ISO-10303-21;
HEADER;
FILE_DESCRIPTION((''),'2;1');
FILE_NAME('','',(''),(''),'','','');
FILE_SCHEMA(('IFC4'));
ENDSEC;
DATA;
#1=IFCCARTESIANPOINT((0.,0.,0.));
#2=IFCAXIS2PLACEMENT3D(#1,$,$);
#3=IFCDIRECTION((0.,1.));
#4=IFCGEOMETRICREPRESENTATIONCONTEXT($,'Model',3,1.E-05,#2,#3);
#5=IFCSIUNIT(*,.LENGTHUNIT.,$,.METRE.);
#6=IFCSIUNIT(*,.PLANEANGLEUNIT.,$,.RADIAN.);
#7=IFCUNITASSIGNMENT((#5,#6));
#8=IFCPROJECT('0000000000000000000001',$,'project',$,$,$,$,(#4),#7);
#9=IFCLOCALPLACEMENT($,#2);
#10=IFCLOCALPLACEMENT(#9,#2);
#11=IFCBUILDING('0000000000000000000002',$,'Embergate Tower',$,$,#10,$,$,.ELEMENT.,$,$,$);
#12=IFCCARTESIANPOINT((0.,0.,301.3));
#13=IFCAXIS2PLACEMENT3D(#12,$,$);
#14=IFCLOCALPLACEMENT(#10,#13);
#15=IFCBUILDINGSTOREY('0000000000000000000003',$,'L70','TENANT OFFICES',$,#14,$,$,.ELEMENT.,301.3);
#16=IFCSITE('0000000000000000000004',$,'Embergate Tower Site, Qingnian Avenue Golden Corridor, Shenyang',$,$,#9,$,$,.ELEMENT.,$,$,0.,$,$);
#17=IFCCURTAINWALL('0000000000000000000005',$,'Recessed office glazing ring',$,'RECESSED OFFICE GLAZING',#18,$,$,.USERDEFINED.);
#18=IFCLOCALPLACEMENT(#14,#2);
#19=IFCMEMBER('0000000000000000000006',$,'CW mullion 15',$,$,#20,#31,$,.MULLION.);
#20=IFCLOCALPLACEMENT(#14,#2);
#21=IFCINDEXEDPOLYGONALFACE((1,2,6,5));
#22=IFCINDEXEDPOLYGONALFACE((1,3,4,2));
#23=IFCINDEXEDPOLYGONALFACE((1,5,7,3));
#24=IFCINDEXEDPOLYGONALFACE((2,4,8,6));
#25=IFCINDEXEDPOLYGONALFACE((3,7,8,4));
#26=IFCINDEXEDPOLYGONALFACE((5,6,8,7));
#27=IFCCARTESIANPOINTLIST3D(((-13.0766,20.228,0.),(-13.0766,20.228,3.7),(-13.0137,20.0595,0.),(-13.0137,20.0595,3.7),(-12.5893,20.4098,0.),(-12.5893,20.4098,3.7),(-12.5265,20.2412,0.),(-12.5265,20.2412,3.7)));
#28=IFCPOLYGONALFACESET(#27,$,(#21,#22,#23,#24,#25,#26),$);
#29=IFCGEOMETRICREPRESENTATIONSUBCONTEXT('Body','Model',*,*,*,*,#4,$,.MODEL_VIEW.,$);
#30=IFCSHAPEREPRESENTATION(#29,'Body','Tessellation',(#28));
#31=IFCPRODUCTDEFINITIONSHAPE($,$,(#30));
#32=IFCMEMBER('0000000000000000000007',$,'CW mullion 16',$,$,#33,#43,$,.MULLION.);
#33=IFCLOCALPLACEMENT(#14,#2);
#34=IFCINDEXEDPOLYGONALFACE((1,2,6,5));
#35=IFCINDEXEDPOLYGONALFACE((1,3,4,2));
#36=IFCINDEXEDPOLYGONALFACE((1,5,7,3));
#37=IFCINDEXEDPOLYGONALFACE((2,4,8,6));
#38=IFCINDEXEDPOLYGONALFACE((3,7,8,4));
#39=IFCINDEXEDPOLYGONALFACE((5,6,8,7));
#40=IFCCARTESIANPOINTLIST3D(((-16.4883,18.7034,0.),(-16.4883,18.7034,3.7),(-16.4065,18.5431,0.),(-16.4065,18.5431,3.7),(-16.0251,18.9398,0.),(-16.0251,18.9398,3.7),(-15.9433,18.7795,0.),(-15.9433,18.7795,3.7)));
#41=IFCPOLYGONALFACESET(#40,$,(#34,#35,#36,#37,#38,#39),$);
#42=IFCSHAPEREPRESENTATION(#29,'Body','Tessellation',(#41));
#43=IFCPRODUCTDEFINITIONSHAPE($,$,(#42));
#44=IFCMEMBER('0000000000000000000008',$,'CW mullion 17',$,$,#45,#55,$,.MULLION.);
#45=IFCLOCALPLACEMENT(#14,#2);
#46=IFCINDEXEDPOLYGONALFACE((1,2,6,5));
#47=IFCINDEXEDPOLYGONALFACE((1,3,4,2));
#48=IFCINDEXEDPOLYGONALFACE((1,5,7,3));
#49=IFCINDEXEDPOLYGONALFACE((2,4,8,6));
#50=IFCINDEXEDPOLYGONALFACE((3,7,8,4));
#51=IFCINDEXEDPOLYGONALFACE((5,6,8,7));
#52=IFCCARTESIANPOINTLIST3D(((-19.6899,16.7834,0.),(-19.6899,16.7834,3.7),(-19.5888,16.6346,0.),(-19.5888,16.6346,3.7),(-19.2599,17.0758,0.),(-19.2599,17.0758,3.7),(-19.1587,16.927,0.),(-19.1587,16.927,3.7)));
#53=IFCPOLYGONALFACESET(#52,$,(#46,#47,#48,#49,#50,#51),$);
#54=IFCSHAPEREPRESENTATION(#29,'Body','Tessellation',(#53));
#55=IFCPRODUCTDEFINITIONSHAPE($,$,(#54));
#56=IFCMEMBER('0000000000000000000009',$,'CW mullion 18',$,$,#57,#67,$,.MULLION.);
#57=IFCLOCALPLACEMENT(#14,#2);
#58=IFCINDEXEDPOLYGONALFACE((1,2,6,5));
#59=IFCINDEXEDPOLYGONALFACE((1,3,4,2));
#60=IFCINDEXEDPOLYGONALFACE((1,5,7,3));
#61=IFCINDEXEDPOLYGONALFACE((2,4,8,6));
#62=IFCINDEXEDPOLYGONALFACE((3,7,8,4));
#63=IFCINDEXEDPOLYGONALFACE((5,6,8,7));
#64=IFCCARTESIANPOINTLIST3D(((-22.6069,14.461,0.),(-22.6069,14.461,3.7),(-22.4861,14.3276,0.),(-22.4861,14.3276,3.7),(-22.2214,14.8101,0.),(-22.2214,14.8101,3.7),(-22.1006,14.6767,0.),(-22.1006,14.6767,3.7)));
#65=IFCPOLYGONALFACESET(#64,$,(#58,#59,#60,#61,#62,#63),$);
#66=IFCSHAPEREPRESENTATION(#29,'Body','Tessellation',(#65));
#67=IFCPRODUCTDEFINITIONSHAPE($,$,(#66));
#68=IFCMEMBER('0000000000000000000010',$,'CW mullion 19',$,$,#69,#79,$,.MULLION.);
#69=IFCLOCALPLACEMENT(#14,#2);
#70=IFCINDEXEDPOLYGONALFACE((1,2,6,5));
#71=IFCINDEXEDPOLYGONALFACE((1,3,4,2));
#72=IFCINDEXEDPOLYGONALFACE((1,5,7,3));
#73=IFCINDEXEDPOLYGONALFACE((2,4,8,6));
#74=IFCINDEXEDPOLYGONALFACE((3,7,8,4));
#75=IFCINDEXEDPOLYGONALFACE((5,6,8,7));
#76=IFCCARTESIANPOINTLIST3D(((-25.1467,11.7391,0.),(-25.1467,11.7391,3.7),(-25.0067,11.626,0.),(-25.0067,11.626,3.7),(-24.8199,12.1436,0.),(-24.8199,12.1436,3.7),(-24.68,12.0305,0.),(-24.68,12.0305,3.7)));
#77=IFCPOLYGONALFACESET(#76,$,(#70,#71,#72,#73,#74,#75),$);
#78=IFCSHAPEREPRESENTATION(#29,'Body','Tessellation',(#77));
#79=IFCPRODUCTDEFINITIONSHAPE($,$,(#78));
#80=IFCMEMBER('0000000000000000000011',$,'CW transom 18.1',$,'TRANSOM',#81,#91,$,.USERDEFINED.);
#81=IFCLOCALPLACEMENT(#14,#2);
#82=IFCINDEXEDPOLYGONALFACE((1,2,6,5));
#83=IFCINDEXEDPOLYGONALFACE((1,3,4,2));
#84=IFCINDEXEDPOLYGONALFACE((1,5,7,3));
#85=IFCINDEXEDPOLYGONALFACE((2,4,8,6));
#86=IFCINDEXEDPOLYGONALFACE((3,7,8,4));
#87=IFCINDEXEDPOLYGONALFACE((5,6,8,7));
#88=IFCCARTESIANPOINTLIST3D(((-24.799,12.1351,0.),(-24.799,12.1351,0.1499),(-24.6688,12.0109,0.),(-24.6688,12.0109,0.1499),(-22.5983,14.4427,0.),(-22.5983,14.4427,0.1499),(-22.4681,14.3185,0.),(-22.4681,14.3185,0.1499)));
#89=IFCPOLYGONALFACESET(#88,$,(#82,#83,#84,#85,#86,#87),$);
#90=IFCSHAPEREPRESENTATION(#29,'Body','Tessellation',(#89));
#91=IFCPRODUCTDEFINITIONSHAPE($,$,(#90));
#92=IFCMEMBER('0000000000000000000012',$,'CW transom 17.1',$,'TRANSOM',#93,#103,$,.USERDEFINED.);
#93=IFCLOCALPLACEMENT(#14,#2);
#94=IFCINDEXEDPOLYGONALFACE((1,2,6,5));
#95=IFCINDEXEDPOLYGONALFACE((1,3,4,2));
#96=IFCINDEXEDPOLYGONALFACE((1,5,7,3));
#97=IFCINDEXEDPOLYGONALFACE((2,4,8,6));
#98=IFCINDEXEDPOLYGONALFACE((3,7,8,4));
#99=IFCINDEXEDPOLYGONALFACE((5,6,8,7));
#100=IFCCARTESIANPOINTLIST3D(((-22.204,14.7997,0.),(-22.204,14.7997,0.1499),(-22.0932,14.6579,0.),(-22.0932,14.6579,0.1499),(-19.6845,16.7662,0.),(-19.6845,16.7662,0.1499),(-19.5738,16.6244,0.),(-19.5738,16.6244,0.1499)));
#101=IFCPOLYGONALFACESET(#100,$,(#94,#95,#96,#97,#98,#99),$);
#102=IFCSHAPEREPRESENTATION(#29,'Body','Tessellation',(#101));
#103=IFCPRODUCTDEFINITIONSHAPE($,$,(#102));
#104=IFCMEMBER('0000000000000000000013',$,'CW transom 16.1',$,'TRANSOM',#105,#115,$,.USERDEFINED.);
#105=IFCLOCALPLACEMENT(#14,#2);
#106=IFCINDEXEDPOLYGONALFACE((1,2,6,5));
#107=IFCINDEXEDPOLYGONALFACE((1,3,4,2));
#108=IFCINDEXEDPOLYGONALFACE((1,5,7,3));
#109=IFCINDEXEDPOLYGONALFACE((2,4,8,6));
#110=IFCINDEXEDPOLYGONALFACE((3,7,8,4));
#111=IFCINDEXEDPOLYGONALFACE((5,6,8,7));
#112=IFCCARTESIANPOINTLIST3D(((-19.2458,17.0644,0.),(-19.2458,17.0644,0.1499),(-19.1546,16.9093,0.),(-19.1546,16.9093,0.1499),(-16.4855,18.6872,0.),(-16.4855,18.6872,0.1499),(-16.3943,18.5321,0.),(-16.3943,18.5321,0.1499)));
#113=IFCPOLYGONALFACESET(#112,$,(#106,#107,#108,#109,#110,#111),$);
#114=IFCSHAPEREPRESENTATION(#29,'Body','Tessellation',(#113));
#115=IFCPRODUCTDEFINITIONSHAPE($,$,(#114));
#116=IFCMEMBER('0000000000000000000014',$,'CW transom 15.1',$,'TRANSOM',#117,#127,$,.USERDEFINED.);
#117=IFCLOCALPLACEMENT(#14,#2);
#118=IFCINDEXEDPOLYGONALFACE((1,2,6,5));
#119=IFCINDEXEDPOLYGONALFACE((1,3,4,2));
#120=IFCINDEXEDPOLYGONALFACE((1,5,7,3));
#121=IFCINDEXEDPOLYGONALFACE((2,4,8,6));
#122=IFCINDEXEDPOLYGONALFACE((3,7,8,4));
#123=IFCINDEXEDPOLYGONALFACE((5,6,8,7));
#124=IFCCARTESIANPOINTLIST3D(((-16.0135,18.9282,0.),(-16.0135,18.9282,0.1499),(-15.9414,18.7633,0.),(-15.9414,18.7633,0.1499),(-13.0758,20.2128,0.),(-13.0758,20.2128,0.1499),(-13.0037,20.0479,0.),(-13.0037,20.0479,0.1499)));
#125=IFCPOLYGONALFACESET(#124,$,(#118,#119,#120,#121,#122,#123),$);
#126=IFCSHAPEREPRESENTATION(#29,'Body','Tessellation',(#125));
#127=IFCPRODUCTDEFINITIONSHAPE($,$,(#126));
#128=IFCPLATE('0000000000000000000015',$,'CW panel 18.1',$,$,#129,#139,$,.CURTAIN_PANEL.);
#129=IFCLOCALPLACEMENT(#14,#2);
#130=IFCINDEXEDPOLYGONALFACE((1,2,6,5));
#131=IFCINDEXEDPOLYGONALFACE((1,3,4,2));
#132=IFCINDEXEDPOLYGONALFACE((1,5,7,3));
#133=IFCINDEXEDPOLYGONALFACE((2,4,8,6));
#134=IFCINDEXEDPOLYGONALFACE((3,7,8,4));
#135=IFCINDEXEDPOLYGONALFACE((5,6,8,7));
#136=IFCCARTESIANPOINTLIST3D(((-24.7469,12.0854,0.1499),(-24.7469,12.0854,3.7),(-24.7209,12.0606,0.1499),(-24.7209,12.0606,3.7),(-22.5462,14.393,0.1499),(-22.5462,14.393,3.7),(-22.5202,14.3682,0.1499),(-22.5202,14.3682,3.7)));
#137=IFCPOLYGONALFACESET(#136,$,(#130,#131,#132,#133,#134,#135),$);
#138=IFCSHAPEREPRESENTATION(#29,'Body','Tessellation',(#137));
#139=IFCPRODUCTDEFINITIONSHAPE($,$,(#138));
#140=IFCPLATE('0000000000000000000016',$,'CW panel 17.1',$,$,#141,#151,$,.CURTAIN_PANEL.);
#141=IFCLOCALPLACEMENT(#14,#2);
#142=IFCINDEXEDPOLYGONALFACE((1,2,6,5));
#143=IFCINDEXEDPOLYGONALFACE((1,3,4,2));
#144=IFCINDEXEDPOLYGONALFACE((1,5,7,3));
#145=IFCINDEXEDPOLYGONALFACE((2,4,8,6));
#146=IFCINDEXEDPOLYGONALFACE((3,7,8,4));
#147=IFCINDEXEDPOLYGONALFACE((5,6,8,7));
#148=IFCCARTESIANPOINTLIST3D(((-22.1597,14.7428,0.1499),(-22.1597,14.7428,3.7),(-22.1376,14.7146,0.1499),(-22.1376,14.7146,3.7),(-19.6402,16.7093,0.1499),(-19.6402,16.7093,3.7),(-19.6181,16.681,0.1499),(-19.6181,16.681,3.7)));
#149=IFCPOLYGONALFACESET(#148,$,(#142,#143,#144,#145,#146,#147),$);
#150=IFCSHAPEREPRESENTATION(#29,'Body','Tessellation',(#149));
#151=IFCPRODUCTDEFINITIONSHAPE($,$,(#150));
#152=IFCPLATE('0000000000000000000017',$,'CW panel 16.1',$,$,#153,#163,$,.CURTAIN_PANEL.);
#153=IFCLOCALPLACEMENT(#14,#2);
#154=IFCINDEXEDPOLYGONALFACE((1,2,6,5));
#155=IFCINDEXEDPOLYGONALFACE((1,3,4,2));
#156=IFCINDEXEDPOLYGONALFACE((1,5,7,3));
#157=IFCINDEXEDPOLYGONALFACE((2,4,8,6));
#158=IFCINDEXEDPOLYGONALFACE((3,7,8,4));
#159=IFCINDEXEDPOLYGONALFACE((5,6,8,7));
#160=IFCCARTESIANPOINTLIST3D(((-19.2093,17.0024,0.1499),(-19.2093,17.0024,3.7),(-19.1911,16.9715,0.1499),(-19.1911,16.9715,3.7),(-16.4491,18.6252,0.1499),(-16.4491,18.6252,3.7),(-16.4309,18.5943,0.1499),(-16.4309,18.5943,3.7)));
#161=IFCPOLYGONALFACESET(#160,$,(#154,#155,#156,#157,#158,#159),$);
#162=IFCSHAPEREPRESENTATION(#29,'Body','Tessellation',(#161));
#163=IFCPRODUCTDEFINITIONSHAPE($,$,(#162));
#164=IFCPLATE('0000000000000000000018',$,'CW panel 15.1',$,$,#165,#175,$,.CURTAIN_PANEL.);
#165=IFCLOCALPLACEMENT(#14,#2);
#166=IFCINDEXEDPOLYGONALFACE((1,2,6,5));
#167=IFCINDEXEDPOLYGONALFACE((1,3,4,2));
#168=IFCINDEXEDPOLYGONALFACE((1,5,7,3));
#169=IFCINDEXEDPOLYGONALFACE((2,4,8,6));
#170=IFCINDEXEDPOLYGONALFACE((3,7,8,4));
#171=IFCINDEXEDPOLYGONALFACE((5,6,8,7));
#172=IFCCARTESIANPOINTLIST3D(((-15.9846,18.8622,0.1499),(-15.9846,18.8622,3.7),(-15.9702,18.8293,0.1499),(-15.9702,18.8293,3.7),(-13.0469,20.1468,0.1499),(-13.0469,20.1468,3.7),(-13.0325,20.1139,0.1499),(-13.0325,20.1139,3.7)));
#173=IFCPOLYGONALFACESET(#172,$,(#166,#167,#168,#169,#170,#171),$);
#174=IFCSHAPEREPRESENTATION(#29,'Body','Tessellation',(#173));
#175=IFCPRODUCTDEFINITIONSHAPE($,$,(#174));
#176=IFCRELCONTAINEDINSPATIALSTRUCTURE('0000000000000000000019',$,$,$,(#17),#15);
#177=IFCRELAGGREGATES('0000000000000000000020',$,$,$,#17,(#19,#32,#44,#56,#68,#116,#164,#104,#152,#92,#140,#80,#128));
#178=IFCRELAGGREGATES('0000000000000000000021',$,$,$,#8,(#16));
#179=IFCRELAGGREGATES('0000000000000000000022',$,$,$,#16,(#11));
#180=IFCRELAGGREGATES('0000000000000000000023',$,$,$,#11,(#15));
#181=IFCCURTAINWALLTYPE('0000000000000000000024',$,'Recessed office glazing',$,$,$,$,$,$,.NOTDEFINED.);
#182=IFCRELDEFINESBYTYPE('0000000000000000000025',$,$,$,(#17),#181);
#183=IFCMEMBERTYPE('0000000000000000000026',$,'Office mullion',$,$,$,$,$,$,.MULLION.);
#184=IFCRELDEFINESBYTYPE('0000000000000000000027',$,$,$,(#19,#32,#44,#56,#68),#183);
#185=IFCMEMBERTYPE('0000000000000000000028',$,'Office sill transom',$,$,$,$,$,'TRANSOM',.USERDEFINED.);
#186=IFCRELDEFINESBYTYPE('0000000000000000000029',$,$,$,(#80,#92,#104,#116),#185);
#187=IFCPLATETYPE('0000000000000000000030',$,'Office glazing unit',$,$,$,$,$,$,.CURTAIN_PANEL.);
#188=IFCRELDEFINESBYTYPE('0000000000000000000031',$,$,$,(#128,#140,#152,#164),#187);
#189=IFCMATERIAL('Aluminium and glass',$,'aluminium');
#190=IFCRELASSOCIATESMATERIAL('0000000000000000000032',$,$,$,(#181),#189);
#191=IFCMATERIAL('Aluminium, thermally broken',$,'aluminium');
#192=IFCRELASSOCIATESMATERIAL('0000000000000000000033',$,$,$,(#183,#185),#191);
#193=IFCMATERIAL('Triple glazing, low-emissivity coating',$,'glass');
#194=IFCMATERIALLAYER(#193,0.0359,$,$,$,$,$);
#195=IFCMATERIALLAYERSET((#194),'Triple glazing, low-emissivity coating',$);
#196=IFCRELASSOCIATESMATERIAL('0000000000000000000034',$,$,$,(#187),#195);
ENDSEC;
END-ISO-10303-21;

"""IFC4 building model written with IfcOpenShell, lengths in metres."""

from ifc_helpers import new_model, si_unit, direction, frame, origin, origin_2d, place, context, subcontext, project, spatial, rectangle, extrude, source, transform, mapped, material, layer, layer_set, material_profile, profile_set, type_object, element, aggregate, save


model = new_model("IFC4")

# Units and contexts
model_context = context("Model", 3, precision=1e-05, world=origin(), true_north=direction((0.0, 1.0)))
body_context = subcontext(model_context, "Body", "Model", "MODEL_VIEW")
ifc_project = project(units=[si_unit("LENGTHUNIT", "METRE"), si_unit("PLANEANGLEUNIT", "RADIAN")], contexts=[model_context])

# Site, building, storey
site_placement = place(None, origin())
site = spatial("IfcSite", under=ifc_project, at=site_placement, Name="Embergate Tower Site, Qingnian Avenue Golden Corridor, Shenyang", CompositionType="ELEMENT", RefElevation=0.0)
building_placement = place(site_placement, origin())
building = spatial("IfcBuilding", under=site, at=building_placement, Name="Embergate Tower", CompositionType="ELEMENT")
storey_placement = place(building_placement, frame((0.0, 0.0, 301.3)))
storey = spatial("IfcBuildingStorey", under=building, at=storey_placement, Name="L70", Description="TENANT OFFICES", CompositionType="ELEMENT", Elevation=301.3)

# Curtain wall, members, plates
ifc_material_1 = material(Name="Aluminium and glass", Category="aluminium")
curtain_wall_type = type_object("IfcCurtainWallType", Name="Recessed office glazing", PredefinedType="NOTDEFINED", material=ifc_material_1)
curtain_wall_placement = place(storey_placement, origin())
curtain_wall = element("IfcCurtainWall", 1, at=curtain_wall_placement, inside=storey, type_object=curtain_wall_type, Name="Recessed office glazing ring", ObjectType="RECESSED OFFICE GLAZING", PredefinedType="USERDEFINED")
ifc_material_2 = material(Name="Aluminium, thermally broken", Category="aluminium")
ifc_material_profile_1 = material_profile(ifc_material_2, rectangle(XDim=0.1799, YDim=0.52, at=origin_2d()), Name="AL 520x180")
ifc_profile_set_1 = profile_set([ifc_material_profile_1], Name="Aluminium, thermally broken")
member_type_1 = type_object("IfcMemberType", Name="Office mullion", PredefinedType="MULLION", material=ifc_profile_set_1)
shared_shape_1 = source(origin(), body_context, "Body", "SweptSolid", [
    extrude(rectangle(XDim=0.1799, YDim=0.52, at=origin_2d()), origin(), (0.0, 0.0, 1.0), 3.7),
])
member_1_placement = place(storey_placement, frame((-12.8015, 20.2346, 0.0), z_axis=(0.0, 0.0, 1.0), x_axis=(0.349501, -0.936936, 0.0)))
member_1 = element("IfcMember", 2, at=member_1_placement, type_object=member_type_1, Name="CW mullion 15", PredefinedType="MULLION", context=body_context, shape_type="MappedRepresentation", body=[
    mapped(shared_shape_1, transform((0.0, 0.0, 0.0))),
])
member_2_placement = place(storey_placement, frame((-16.2158, 18.7415, 0.0), z_axis=(0.0, 0.0, 1.0), x_axis=(0.454508, -0.890743, 0.0)))
member_2 = element("IfcMember", 3, at=member_2_placement, type_object=member_type_1, Name="CW mullion 16", PredefinedType="MULLION", context=body_context, shape_type="MappedRepresentation", body=[
    mapped(shared_shape_1, transform((0.0, 0.0, 0.0))),
])
member_3_placement = place(storey_placement, frame((-19.4243, 16.8552, 0.0), z_axis=(0.0, 0.0, 1.0), x_axis=(0.562213, -0.826992, 0.0)))
member_3 = element("IfcMember", 4, at=member_3_placement, type_object=member_type_1, Name="CW mullion 17", PredefinedType="MULLION", context=body_context, shape_type="MappedRepresentation", body=[
    mapped(shared_shape_1, transform((0.0, 0.0, 0.0))),
])
member_4_placement = place(storey_placement, frame((-22.3538, 14.5688, 0.0), z_axis=(0.0, 0.0, 1.0), x_axis=(0.67122, -0.741258, 0.0)))
member_4 = element("IfcMember", 5, at=member_4_placement, type_object=member_type_1, Name="CW mullion 18", PredefinedType="MULLION", context=body_context, shape_type="MappedRepresentation", body=[
    mapped(shared_shape_1, transform((0.0, 0.0, 0.0))),
])
member_5_placement = place(storey_placement, frame((-24.9133, 11.8848, 0.0), z_axis=(0.0, 0.0, 1.0), x_axis=(0.777864, -0.628433, 0.0)))
member_5 = element("IfcMember", 6, at=member_5_placement, type_object=member_type_1, Name="CW mullion 19", PredefinedType="MULLION", context=body_context, shape_type="MappedRepresentation", body=[
    mapped(shared_shape_1, transform((0.0, 0.0, 0.0))),
])
ifc_material_profile_2 = material_profile(ifc_material_2, rectangle(XDim=0.1799, YDim=0.1499, at=origin_2d()), Name="AL 150x180")
ifc_profile_set_2 = profile_set([ifc_material_profile_2], Name="Aluminium, thermally broken")
member_type_2 = type_object("IfcMemberType", Name="Office sill transom", ElementType="TRANSOM", PredefinedType="USERDEFINED", material=ifc_profile_set_2)
shared_shape_2 = source(origin(), body_context, "Body", "SweptSolid", [
    extrude(rectangle(XDim=0.1799, YDim=0.1499, at=origin_2d()), origin(), (0.0, 0.0, 1.0), 3.1887),
])
member_6_placement = place(storey_placement, frame((-22.5332, 14.3806, 0.075), z_axis=(-0.690141, -0.723675, 0.0), x_axis=(0.723675, -0.690141, 0.0)))
member_6 = element("IfcMember", 7, at=member_6_placement, type_object=member_type_2, Name="CW transom 18.1", ObjectType="TRANSOM", PredefinedType="USERDEFINED", context=body_context, shape_type="MappedRepresentation", body=[
    mapped(shared_shape_2, transform((0.0, 0.0, 0.0))),
])
shared_shape_3 = source(origin(), body_context, "Body", "SweptSolid", [
    extrude(rectangle(XDim=0.1799, YDim=0.1499, at=origin_2d()), origin(), (0.0, 0.0, 1.0), 3.196),
])
member_7_placement = place(storey_placement, frame((-19.6292, 16.6953, 0.075), z_axis=(-0.788302, -0.615288, 0.0), x_axis=(0.615288, -0.788302, 0.0)))
member_7 = element("IfcMember", 8, at=member_7_placement, type_object=member_type_2, Name="CW transom 17.1", ObjectType="TRANSOM", PredefinedType="USERDEFINED", context=body_context, shape_type="MappedRepresentation", body=[
    mapped(shared_shape_3, transform((0.0, 0.0, 0.0))),
])
shared_shape_4 = source(origin(), body_context, "Body", "SweptSolid", [
    extrude(rectangle(XDim=0.1799, YDim=0.1499, at=origin_2d()), origin(), (0.0, 0.0, 1.0), 3.2019),
])
member_8_placement = place(storey_placement, frame((-16.4399, 18.6096, 0.075), z_axis=(-0.862054, -0.506817, 0.0), x_axis=(0.506817, -0.862054, 0.0)))
member_8 = element("IfcMember", 9, at=member_8_placement, type_object=member_type_2, Name="CW transom 16.1", ObjectType="TRANSOM", PredefinedType="USERDEFINED", context=body_context, shape_type="MappedRepresentation", body=[
    mapped(shared_shape_4, transform((0.0, 0.0, 0.0))),
])
shared_shape_5 = source(origin(), body_context, "Body", "SweptSolid", [
    extrude(rectangle(XDim=0.1799, YDim=0.1499, at=origin_2d()), origin(), (0.0, 0.0, 1.0), 3.2063),
])
member_9_placement = place(storey_placement, frame((-13.0398, 20.1304, 0.075), z_axis=(-0.916225, -0.400663, 0.0), x_axis=(0.400663, -0.916225, 0.0)))
member_9 = element("IfcMember", 10, at=member_9_placement, type_object=member_type_2, Name="CW transom 15.1", ObjectType="TRANSOM", PredefinedType="USERDEFINED", context=body_context, shape_type="MappedRepresentation", body=[
    mapped(shared_shape_5, transform((0.0, 0.0, 0.0))),
])
ifc_material_3 = material(Name="Triple glazing, low-emissivity coating", Category="glass")
ifc_layer_1 = layer(ifc_material_3, 0.0359)
ifc_layer_set_1 = layer_set([ifc_layer_1], Name="Triple glazing, low-emissivity coating")
plate_type = type_object("IfcPlateType", Name="Office glazing unit", PredefinedType="CURTAIN_PANEL", material=ifc_layer_set_1)
shared_shape_6 = source(origin(), body_context, "Body", "SweptSolid", [
    extrude(rectangle(XDim=3.1887, YDim=0.0359, at=origin_2d()), origin(), (0.0, 0.0, 1.0), 3.55),
])
plate_1_placement = place(storey_placement, frame((-23.6335, 13.2268, 0.1499), z_axis=(0.0, 0.0, 1.0), x_axis=(-0.690133, -0.723683, 0.0)))
plate_1 = element("IfcPlate", 11, at=plate_1_placement, type_object=plate_type, Name="CW panel 18.1", PredefinedType="CURTAIN_PANEL", context=body_context, shape_type="MappedRepresentation", body=[
    mapped(shared_shape_6, transform((0.0, 0.0, 0.0))),
])
shared_shape_7 = source(origin(), body_context, "Body", "SweptSolid", [
    extrude(rectangle(XDim=3.196, YDim=0.0359, at=origin_2d()), origin(), (0.0, 0.0, 1.0), 3.55),
])
plate_2_placement = place(storey_placement, frame((-20.8889, 15.7119, 0.1499), z_axis=(0.0, 0.0, 1.0), x_axis=(-0.788318, -0.615268, 0.0)))
plate_2 = element("IfcPlate", 12, at=plate_2_placement, type_object=plate_type, Name="CW panel 17.1", PredefinedType="CURTAIN_PANEL", context=body_context, shape_type="MappedRepresentation", body=[
    mapped(shared_shape_7, transform((0.0, 0.0, 0.0))),
])
shared_shape_8 = source(origin(), body_context, "Body", "SweptSolid", [
    extrude(rectangle(XDim=3.2019, YDim=0.0359, at=origin_2d()), origin(), (0.0, 0.0, 1.0), 3.55),
])
plate_3_placement = place(storey_placement, frame((-17.8201, 17.7983, 0.1499), z_axis=(0.0, 0.0, 1.0), x_axis=(-0.862051, -0.506822, 0.0)))
plate_3 = element("IfcPlate", 13, at=plate_3_placement, type_object=plate_type, Name="CW panel 16.1", PredefinedType="CURTAIN_PANEL", context=body_context, shape_type="MappedRepresentation", body=[
    mapped(shared_shape_8, transform((0.0, 0.0, 0.0))),
])
shared_shape_9 = source(origin(), body_context, "Body", "SweptSolid", [
    extrude(rectangle(XDim=3.2063, YDim=0.0359, at=origin_2d()), origin(), (0.0, 0.0, 1.0), 3.55),
])
plate_4_placement = place(storey_placement, frame((-14.5085, 19.488, 0.1499), z_axis=(0.0, 0.0, 1.0), x_axis=(-0.916234, -0.400643, 0.0)))
plate_4 = element("IfcPlate", 14, at=plate_4_placement, type_object=plate_type, Name="CW panel 15.1", PredefinedType="CURTAIN_PANEL", context=body_context, shape_type="MappedRepresentation", body=[
    mapped(shared_shape_9, transform((0.0, 0.0, 0.0))),
])
aggregate(curtain_wall, [member_1, member_2, member_3, member_4, member_5, member_9, plate_4, member_8, plate_3, member_7, plate_2, member_6, plate_1])

save(model, "model.ifc")
